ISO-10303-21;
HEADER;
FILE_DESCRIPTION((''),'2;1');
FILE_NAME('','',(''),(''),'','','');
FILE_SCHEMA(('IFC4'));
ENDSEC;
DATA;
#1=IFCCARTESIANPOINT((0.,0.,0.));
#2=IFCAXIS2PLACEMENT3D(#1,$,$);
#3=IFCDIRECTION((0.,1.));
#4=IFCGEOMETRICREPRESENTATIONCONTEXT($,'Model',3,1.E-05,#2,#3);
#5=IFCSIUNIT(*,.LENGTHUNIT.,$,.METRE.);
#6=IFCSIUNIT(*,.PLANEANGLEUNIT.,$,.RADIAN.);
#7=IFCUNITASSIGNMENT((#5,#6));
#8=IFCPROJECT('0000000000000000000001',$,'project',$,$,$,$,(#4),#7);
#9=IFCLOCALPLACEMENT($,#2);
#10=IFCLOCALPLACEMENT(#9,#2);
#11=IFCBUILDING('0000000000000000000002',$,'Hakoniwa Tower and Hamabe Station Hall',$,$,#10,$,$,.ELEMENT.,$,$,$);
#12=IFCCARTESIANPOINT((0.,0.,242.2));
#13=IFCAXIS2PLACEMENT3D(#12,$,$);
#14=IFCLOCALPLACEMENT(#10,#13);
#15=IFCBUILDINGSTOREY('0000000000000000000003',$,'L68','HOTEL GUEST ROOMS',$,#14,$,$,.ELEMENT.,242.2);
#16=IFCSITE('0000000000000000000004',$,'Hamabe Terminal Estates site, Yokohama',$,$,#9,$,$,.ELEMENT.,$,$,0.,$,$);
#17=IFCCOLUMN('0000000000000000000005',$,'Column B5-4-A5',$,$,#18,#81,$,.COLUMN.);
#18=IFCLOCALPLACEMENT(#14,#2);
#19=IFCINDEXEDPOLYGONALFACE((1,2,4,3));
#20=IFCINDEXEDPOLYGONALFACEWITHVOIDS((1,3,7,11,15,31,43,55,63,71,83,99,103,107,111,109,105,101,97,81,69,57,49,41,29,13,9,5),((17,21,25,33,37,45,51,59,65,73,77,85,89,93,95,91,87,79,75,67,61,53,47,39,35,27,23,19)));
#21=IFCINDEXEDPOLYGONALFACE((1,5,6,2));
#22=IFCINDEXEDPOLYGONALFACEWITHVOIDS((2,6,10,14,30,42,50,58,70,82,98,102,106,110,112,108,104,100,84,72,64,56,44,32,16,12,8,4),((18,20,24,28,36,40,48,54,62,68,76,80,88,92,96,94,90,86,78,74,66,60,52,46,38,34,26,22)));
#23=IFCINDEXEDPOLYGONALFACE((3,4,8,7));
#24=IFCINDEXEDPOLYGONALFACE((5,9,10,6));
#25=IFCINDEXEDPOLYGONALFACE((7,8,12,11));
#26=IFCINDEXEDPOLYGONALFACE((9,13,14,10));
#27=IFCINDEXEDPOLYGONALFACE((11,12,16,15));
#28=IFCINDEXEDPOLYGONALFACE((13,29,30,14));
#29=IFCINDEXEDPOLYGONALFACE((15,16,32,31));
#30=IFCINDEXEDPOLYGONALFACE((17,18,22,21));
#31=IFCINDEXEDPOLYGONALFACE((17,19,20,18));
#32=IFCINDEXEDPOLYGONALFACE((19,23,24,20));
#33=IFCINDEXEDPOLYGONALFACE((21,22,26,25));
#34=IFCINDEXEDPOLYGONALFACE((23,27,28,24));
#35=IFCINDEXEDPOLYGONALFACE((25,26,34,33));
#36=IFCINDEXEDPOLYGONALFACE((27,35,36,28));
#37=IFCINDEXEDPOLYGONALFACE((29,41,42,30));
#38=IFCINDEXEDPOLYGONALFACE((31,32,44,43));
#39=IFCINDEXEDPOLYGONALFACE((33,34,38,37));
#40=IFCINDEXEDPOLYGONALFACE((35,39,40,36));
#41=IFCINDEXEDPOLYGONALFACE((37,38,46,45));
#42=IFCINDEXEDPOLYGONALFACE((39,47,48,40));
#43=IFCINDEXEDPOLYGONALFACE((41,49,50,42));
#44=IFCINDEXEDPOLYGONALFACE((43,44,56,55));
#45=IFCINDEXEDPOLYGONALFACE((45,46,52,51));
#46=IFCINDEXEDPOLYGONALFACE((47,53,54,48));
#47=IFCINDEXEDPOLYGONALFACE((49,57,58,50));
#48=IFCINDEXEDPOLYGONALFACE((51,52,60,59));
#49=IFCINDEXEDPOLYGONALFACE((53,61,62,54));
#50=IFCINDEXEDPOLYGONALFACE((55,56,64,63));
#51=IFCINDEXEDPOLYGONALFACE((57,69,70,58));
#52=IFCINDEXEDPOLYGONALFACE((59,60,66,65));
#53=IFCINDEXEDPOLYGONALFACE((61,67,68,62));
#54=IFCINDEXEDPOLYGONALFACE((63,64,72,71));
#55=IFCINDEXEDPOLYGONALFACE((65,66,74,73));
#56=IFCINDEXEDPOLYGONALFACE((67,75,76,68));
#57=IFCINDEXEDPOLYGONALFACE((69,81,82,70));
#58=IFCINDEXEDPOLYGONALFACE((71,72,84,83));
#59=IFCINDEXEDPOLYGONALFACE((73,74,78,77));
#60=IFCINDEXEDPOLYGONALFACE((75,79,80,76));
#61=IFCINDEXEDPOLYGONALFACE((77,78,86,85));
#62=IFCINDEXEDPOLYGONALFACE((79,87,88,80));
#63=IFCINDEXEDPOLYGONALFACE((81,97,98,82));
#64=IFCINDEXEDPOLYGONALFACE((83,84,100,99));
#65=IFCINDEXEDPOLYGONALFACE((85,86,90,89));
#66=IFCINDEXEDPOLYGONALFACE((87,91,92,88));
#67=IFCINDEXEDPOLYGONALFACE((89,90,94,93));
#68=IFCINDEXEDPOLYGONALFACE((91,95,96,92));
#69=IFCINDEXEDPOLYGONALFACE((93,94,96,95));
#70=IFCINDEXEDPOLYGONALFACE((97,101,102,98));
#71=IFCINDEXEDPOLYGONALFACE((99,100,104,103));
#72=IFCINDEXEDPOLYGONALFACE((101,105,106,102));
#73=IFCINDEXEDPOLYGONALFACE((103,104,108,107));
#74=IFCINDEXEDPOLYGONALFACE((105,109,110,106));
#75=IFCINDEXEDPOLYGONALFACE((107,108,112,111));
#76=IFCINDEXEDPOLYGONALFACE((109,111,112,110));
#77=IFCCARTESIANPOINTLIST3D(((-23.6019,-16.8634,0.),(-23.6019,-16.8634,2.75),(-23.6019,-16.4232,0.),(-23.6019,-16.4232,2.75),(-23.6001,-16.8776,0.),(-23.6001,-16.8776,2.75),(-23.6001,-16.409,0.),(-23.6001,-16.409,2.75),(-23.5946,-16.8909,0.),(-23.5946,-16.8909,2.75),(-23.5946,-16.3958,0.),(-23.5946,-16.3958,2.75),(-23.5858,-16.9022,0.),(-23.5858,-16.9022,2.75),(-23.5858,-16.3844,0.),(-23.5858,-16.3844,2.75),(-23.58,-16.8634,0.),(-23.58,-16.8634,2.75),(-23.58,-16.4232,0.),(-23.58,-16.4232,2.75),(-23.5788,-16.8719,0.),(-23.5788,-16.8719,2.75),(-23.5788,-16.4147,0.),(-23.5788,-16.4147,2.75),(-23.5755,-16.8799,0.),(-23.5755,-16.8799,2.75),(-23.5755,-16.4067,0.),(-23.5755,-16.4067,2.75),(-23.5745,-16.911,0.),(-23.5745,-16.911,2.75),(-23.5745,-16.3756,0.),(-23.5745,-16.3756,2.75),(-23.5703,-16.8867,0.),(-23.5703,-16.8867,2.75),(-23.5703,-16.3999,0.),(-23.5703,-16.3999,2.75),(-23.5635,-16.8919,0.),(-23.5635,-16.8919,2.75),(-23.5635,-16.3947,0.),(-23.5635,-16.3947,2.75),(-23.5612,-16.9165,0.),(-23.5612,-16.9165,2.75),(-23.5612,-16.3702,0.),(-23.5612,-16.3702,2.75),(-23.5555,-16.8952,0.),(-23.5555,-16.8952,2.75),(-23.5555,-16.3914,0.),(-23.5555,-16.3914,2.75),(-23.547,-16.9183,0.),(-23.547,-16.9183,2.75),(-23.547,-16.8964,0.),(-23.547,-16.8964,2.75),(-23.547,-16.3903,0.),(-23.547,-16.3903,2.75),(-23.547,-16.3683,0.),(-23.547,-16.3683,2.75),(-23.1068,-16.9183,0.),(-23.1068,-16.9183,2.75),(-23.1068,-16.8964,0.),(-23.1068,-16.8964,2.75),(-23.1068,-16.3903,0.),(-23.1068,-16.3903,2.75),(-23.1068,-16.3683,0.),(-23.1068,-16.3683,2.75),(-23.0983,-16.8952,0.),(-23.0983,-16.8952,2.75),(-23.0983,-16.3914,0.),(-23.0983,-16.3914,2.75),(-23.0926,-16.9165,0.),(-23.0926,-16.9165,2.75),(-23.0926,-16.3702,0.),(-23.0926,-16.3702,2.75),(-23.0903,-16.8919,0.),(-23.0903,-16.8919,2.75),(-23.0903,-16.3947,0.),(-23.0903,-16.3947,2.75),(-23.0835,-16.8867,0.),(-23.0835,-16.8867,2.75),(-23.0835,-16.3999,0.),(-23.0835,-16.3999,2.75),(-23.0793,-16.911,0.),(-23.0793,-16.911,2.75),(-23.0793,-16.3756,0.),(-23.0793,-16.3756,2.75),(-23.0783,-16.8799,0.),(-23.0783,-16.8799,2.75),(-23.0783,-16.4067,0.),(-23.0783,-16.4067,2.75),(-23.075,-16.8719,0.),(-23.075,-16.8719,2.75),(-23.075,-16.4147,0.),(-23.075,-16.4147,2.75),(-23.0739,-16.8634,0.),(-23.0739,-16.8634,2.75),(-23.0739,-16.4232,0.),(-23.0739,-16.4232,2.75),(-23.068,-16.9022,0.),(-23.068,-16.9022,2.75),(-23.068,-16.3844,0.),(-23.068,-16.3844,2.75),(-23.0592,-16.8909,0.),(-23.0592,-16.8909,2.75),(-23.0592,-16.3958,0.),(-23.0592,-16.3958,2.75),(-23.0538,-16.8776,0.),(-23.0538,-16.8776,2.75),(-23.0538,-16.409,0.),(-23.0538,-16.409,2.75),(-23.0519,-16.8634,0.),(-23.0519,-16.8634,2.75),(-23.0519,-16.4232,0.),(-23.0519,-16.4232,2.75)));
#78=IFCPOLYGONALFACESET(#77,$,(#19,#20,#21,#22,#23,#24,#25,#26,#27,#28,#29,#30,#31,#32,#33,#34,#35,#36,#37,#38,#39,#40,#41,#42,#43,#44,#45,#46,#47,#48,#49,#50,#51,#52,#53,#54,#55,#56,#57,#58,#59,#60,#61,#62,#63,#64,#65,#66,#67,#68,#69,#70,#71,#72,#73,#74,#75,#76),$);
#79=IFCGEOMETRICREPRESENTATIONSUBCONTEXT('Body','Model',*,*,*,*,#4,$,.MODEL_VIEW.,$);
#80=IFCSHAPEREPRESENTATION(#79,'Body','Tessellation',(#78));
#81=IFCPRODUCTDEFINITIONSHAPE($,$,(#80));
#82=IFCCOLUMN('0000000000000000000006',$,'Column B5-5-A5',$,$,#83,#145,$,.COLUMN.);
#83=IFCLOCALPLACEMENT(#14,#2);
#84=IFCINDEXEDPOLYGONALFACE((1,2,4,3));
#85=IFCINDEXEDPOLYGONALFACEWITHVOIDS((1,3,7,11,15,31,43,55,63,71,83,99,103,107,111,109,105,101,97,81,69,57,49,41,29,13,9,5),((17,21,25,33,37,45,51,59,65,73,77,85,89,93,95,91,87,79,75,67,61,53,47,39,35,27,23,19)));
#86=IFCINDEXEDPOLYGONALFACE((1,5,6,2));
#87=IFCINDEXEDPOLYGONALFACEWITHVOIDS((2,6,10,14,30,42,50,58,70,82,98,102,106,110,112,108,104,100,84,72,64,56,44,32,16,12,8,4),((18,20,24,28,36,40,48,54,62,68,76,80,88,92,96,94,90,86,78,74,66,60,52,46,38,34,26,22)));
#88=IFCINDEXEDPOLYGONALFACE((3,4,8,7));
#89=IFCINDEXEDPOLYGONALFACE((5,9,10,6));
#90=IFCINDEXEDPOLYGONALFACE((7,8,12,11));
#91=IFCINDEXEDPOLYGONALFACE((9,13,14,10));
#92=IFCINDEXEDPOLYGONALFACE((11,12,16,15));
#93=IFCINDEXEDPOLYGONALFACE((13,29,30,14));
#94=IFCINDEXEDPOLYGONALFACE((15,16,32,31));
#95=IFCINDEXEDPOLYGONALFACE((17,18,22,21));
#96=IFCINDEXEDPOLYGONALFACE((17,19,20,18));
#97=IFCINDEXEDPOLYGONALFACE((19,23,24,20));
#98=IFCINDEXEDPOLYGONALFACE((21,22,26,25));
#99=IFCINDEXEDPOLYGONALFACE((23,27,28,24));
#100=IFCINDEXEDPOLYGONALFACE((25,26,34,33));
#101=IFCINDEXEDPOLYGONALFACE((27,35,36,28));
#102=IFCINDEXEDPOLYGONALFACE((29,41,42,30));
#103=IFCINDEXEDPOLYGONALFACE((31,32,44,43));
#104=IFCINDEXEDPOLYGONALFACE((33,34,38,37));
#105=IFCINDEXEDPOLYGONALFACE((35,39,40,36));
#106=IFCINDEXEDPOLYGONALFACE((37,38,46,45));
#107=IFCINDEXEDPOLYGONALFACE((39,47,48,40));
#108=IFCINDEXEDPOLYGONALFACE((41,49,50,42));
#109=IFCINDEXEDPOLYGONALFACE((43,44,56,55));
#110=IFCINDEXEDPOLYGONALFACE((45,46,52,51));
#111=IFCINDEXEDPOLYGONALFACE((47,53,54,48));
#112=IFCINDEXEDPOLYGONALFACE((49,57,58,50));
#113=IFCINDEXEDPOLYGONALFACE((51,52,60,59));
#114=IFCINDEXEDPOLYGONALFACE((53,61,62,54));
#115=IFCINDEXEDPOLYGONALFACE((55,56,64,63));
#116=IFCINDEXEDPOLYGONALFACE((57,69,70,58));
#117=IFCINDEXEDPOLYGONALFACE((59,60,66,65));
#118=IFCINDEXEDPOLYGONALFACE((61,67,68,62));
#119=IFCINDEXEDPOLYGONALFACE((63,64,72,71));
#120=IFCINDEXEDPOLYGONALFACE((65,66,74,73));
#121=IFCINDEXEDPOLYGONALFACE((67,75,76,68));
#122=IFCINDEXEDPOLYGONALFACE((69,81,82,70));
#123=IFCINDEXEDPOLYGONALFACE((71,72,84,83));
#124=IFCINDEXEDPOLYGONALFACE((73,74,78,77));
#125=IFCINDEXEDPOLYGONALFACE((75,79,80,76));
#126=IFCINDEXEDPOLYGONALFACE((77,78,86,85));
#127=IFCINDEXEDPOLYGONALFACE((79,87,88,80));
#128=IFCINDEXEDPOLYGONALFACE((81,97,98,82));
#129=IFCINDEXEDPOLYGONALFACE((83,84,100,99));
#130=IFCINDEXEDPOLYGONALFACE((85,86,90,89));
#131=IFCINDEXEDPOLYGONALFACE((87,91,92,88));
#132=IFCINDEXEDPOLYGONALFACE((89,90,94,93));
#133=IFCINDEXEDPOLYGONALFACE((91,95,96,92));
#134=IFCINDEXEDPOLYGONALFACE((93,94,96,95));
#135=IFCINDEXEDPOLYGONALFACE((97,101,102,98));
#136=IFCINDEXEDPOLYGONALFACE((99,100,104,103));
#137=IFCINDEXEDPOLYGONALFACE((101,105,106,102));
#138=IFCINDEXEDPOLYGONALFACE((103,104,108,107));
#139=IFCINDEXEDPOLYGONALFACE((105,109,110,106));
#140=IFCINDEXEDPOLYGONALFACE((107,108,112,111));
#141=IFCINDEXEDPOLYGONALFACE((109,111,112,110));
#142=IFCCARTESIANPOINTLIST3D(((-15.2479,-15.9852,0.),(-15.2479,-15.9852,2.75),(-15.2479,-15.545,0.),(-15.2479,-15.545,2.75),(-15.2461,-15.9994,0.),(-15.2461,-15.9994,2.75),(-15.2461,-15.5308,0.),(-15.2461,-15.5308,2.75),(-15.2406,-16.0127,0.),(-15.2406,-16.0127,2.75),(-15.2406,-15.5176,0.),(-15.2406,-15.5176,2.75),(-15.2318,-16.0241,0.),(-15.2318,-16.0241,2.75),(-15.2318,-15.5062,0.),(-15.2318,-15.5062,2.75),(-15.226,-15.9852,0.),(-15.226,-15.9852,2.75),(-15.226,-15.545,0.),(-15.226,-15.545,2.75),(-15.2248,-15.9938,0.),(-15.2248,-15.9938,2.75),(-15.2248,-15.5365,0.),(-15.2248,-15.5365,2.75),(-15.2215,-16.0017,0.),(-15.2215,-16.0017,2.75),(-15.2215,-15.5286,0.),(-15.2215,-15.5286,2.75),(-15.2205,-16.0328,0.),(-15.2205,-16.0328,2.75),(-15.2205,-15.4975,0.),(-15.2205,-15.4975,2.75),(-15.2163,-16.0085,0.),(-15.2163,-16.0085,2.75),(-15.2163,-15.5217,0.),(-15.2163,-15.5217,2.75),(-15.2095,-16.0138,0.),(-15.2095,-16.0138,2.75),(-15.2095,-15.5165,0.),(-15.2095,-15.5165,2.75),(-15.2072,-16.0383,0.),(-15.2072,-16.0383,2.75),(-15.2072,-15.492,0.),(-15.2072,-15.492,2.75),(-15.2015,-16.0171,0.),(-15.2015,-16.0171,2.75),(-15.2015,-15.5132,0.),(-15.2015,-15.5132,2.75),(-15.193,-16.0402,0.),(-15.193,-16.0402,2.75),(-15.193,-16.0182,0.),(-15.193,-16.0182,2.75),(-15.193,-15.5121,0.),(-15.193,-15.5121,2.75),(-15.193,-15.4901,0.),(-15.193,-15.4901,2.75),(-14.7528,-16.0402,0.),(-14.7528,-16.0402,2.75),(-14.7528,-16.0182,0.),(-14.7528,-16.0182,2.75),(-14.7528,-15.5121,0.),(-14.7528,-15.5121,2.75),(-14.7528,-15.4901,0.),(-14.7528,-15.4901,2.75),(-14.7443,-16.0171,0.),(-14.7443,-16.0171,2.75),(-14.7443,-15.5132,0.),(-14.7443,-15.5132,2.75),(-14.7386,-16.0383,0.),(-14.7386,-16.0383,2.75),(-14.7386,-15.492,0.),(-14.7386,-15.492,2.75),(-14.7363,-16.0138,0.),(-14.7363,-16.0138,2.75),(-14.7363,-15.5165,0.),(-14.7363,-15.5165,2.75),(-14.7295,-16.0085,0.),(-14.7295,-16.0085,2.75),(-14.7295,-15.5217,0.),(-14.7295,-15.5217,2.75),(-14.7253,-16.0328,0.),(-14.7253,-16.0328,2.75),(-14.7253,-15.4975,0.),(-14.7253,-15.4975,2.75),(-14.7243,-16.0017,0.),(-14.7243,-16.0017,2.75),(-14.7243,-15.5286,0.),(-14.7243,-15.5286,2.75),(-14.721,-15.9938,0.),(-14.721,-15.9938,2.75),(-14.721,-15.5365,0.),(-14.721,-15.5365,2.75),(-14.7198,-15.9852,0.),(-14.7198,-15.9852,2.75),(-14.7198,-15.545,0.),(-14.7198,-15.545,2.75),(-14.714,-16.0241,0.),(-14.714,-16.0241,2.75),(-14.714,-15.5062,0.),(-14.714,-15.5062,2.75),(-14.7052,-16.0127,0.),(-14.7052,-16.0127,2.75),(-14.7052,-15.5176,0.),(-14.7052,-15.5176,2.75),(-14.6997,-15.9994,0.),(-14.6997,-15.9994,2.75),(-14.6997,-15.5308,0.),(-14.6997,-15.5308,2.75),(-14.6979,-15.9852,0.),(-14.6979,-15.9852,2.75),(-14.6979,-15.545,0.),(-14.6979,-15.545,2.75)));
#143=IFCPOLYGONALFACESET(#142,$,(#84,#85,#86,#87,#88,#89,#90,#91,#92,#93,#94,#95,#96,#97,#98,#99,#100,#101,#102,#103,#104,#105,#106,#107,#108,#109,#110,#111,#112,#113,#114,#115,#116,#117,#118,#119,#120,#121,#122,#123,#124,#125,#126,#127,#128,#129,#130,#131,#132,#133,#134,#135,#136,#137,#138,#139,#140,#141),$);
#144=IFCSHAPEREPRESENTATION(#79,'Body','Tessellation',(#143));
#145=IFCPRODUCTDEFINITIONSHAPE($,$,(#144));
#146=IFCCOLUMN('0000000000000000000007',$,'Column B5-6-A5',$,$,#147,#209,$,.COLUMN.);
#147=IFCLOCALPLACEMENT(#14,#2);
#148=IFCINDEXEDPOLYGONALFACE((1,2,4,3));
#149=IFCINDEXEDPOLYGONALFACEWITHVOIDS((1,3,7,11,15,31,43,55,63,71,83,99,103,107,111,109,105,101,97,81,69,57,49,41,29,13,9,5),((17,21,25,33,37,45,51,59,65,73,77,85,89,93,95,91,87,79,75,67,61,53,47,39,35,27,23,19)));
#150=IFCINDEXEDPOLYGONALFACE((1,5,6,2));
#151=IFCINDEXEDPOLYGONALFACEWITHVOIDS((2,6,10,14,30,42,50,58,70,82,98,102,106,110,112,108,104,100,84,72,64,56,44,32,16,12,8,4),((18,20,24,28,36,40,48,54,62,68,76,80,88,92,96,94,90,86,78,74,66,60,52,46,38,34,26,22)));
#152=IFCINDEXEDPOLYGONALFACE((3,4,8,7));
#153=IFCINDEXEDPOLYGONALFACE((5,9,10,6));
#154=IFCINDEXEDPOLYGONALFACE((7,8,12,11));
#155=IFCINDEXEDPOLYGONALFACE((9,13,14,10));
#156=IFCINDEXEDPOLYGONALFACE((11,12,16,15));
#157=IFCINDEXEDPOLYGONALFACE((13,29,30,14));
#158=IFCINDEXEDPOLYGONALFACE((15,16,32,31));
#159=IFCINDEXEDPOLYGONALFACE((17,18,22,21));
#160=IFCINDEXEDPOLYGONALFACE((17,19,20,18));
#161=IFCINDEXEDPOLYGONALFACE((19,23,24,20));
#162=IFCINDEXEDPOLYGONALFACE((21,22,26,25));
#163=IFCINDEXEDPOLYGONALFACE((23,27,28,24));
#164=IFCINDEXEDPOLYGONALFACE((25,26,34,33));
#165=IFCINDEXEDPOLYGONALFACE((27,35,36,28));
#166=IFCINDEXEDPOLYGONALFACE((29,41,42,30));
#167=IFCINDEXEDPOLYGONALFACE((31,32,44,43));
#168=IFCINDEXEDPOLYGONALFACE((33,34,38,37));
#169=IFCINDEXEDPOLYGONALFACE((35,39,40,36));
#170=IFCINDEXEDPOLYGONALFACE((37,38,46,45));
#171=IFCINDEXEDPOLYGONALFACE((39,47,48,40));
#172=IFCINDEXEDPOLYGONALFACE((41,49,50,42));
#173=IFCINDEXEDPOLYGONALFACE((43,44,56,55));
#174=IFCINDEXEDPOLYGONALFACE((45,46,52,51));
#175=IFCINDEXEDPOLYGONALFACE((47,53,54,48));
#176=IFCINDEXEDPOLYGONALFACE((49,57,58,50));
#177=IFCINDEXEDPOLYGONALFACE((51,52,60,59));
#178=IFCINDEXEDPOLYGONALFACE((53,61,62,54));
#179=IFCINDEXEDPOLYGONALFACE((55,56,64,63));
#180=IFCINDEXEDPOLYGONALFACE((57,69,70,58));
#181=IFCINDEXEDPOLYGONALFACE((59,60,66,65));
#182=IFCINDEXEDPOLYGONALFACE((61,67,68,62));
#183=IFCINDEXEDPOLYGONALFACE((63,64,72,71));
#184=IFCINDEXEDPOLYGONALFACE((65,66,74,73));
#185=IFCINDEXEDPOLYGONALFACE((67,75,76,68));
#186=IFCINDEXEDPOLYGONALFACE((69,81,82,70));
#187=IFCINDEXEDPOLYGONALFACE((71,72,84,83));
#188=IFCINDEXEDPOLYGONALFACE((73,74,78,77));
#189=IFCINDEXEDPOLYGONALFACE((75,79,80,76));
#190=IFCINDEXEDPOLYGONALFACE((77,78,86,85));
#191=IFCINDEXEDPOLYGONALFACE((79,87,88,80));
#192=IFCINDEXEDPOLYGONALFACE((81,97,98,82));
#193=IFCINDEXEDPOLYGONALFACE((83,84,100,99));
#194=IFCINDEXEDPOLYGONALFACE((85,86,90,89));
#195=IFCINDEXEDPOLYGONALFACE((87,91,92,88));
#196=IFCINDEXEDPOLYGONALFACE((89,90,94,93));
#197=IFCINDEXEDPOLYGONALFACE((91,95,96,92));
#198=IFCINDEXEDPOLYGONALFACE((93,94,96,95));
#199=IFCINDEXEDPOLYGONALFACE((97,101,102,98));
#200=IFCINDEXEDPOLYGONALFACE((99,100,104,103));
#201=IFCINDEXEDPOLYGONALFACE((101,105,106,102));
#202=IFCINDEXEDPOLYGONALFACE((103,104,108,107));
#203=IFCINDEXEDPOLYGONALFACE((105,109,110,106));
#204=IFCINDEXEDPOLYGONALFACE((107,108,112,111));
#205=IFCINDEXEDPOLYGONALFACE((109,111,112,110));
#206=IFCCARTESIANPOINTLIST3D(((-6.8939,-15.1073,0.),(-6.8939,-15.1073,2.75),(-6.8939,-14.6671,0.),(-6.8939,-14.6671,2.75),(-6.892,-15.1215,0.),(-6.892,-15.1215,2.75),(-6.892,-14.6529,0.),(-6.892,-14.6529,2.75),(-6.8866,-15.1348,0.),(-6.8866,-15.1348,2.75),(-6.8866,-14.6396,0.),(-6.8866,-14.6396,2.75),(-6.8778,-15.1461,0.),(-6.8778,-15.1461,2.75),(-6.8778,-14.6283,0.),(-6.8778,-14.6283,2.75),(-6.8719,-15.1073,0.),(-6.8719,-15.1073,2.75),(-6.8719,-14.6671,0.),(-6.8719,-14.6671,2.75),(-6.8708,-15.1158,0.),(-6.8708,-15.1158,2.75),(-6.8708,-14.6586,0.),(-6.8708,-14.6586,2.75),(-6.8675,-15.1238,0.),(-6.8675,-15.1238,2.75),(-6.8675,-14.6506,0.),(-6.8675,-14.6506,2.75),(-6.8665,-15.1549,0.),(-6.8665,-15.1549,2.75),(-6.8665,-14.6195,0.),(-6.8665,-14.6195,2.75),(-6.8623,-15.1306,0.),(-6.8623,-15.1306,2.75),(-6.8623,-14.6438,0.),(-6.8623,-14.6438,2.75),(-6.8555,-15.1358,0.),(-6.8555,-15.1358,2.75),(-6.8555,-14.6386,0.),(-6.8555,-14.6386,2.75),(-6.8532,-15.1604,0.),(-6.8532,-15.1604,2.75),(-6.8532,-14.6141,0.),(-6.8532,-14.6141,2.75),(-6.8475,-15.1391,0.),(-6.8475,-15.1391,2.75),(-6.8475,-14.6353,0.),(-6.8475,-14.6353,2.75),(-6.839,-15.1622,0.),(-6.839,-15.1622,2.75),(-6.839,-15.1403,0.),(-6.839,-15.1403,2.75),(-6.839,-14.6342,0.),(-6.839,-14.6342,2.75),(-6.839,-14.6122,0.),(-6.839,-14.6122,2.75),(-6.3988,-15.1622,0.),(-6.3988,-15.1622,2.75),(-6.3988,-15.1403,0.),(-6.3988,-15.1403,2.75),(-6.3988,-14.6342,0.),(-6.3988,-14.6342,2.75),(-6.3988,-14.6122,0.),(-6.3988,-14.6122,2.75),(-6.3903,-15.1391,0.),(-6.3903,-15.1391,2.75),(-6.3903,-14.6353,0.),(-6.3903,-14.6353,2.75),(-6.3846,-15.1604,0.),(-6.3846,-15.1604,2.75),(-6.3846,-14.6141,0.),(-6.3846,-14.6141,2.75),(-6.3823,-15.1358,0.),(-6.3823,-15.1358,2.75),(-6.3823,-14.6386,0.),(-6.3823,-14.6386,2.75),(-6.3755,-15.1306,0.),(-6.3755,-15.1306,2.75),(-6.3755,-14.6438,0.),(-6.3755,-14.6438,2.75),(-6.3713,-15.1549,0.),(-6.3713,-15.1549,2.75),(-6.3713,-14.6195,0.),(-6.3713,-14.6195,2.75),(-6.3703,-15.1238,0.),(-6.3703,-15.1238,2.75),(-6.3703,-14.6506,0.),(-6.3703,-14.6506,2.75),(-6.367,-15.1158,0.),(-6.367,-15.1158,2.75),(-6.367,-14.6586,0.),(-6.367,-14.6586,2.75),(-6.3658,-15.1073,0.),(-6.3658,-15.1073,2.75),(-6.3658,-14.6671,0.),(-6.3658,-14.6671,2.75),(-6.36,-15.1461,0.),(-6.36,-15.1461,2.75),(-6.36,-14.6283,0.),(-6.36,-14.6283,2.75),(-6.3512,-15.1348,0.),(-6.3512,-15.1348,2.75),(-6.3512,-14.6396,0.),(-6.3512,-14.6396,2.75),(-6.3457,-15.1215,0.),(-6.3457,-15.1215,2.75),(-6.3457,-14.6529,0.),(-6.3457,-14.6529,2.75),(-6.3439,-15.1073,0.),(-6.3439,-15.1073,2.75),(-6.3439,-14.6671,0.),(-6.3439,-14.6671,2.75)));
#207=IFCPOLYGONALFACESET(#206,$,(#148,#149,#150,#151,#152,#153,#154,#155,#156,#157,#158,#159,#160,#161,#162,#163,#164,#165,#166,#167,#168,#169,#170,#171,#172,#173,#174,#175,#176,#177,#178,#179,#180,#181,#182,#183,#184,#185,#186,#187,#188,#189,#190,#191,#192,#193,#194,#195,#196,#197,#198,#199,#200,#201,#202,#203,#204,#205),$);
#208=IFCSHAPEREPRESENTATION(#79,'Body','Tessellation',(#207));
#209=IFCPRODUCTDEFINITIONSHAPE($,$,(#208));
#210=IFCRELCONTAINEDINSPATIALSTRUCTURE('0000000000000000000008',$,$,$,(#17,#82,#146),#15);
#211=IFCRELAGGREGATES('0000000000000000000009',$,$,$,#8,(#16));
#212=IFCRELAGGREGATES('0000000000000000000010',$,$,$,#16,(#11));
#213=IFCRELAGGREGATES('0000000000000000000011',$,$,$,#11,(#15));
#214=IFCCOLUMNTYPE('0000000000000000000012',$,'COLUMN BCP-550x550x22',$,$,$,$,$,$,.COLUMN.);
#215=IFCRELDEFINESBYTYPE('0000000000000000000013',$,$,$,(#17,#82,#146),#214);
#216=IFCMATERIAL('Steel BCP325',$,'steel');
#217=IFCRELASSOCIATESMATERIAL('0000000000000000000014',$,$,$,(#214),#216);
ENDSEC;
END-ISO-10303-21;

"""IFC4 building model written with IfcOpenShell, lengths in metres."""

from ifc_helpers import new_model, si_unit, direction, frame, origin, origin_2d, place, context, subcontext, project, spatial, hollow_rectangle, extrude, material, material_profile, profile_set, type_object, element, save


model = new_model("IFC4")

# Units and contexts
model_context = context("Model", 3, precision=1e-05, world=origin(), true_north=direction((0.0, 1.0)))
body_context = subcontext(model_context, "Body", "Model", "MODEL_VIEW")
ifc_project = project(units=[si_unit("LENGTHUNIT", "METRE"), si_unit("PLANEANGLEUNIT", "RADIAN")], contexts=[model_context])

# Site, building, storey
site_placement = place(None, origin())
site = spatial("IfcSite", under=ifc_project, at=site_placement, Name="Hamabe Terminal Estates site, Yokohama", CompositionType="ELEMENT", RefElevation=0.0)
building_placement = place(site_placement, origin())
building = spatial("IfcBuilding", under=site, at=building_placement, Name="Hakoniwa Tower and Hamabe Station Hall", CompositionType="ELEMENT")
storey_placement = place(building_placement, frame((0.0, 0.0, 242.2)))
storey = spatial("IfcBuildingStorey", under=building, at=storey_placement, Name="L68", Description="HOTEL GUEST ROOMS", CompositionType="ELEMENT", Elevation=242.2)

# Columns
ifc_material_1 = material(Name="Steel BCP325", Category="steel")
ifc_material_profile_1 = material_profile(ifc_material_1, hollow_rectangle(XDim=0.55, YDim=0.55, WallThickness=0.022, InnerFilletRadius=0.033, OuterFilletRadius=0.0549, at=origin_2d()), Name="BCP-550x550x22")
ifc_profile_set_1 = profile_set([ifc_material_profile_1], Name="Steel BCP325")
column_type_1 = type_object("IfcColumnType", Name="COLUMN BCP-550x550x22", PredefinedType="COLUMN", material=ifc_profile_set_1)
for number, where, z_axis, x_axis, name in (
    (1, (-23.3269, -16.6433, 0.0), (0.0, 0.0, 1.0), (1.0, 0.0, 0.0), "Column B5-4-A5"),
    (2, (-14.9729, -15.7651, 0.0), (0.0, 0.0, 1.0), (1.0, 0.0, 0.0), "Column B5-5-A5"),
    (3, (-6.6189, -14.8872, 0.0), (0.0, 0.0, 1.0), (1.0, 0.0, 0.0), "Column B5-6-A5"),
):
    element("IfcColumn", number, at=place(storey_placement, frame(where, z_axis=z_axis, x_axis=x_axis)), inside=storey, type_object=column_type_1, Name=name, PredefinedType="COLUMN", context=body_context, shape_type="SweptSolid", body=[
        extrude(hollow_rectangle(XDim=0.55, YDim=0.55, WallThickness=0.022, InnerFilletRadius=0.033, OuterFilletRadius=0.0549, at=origin_2d()), origin(), (0.0, 0.0, 1.0), 2.75),
    ])

save(model, "model.ifc")
